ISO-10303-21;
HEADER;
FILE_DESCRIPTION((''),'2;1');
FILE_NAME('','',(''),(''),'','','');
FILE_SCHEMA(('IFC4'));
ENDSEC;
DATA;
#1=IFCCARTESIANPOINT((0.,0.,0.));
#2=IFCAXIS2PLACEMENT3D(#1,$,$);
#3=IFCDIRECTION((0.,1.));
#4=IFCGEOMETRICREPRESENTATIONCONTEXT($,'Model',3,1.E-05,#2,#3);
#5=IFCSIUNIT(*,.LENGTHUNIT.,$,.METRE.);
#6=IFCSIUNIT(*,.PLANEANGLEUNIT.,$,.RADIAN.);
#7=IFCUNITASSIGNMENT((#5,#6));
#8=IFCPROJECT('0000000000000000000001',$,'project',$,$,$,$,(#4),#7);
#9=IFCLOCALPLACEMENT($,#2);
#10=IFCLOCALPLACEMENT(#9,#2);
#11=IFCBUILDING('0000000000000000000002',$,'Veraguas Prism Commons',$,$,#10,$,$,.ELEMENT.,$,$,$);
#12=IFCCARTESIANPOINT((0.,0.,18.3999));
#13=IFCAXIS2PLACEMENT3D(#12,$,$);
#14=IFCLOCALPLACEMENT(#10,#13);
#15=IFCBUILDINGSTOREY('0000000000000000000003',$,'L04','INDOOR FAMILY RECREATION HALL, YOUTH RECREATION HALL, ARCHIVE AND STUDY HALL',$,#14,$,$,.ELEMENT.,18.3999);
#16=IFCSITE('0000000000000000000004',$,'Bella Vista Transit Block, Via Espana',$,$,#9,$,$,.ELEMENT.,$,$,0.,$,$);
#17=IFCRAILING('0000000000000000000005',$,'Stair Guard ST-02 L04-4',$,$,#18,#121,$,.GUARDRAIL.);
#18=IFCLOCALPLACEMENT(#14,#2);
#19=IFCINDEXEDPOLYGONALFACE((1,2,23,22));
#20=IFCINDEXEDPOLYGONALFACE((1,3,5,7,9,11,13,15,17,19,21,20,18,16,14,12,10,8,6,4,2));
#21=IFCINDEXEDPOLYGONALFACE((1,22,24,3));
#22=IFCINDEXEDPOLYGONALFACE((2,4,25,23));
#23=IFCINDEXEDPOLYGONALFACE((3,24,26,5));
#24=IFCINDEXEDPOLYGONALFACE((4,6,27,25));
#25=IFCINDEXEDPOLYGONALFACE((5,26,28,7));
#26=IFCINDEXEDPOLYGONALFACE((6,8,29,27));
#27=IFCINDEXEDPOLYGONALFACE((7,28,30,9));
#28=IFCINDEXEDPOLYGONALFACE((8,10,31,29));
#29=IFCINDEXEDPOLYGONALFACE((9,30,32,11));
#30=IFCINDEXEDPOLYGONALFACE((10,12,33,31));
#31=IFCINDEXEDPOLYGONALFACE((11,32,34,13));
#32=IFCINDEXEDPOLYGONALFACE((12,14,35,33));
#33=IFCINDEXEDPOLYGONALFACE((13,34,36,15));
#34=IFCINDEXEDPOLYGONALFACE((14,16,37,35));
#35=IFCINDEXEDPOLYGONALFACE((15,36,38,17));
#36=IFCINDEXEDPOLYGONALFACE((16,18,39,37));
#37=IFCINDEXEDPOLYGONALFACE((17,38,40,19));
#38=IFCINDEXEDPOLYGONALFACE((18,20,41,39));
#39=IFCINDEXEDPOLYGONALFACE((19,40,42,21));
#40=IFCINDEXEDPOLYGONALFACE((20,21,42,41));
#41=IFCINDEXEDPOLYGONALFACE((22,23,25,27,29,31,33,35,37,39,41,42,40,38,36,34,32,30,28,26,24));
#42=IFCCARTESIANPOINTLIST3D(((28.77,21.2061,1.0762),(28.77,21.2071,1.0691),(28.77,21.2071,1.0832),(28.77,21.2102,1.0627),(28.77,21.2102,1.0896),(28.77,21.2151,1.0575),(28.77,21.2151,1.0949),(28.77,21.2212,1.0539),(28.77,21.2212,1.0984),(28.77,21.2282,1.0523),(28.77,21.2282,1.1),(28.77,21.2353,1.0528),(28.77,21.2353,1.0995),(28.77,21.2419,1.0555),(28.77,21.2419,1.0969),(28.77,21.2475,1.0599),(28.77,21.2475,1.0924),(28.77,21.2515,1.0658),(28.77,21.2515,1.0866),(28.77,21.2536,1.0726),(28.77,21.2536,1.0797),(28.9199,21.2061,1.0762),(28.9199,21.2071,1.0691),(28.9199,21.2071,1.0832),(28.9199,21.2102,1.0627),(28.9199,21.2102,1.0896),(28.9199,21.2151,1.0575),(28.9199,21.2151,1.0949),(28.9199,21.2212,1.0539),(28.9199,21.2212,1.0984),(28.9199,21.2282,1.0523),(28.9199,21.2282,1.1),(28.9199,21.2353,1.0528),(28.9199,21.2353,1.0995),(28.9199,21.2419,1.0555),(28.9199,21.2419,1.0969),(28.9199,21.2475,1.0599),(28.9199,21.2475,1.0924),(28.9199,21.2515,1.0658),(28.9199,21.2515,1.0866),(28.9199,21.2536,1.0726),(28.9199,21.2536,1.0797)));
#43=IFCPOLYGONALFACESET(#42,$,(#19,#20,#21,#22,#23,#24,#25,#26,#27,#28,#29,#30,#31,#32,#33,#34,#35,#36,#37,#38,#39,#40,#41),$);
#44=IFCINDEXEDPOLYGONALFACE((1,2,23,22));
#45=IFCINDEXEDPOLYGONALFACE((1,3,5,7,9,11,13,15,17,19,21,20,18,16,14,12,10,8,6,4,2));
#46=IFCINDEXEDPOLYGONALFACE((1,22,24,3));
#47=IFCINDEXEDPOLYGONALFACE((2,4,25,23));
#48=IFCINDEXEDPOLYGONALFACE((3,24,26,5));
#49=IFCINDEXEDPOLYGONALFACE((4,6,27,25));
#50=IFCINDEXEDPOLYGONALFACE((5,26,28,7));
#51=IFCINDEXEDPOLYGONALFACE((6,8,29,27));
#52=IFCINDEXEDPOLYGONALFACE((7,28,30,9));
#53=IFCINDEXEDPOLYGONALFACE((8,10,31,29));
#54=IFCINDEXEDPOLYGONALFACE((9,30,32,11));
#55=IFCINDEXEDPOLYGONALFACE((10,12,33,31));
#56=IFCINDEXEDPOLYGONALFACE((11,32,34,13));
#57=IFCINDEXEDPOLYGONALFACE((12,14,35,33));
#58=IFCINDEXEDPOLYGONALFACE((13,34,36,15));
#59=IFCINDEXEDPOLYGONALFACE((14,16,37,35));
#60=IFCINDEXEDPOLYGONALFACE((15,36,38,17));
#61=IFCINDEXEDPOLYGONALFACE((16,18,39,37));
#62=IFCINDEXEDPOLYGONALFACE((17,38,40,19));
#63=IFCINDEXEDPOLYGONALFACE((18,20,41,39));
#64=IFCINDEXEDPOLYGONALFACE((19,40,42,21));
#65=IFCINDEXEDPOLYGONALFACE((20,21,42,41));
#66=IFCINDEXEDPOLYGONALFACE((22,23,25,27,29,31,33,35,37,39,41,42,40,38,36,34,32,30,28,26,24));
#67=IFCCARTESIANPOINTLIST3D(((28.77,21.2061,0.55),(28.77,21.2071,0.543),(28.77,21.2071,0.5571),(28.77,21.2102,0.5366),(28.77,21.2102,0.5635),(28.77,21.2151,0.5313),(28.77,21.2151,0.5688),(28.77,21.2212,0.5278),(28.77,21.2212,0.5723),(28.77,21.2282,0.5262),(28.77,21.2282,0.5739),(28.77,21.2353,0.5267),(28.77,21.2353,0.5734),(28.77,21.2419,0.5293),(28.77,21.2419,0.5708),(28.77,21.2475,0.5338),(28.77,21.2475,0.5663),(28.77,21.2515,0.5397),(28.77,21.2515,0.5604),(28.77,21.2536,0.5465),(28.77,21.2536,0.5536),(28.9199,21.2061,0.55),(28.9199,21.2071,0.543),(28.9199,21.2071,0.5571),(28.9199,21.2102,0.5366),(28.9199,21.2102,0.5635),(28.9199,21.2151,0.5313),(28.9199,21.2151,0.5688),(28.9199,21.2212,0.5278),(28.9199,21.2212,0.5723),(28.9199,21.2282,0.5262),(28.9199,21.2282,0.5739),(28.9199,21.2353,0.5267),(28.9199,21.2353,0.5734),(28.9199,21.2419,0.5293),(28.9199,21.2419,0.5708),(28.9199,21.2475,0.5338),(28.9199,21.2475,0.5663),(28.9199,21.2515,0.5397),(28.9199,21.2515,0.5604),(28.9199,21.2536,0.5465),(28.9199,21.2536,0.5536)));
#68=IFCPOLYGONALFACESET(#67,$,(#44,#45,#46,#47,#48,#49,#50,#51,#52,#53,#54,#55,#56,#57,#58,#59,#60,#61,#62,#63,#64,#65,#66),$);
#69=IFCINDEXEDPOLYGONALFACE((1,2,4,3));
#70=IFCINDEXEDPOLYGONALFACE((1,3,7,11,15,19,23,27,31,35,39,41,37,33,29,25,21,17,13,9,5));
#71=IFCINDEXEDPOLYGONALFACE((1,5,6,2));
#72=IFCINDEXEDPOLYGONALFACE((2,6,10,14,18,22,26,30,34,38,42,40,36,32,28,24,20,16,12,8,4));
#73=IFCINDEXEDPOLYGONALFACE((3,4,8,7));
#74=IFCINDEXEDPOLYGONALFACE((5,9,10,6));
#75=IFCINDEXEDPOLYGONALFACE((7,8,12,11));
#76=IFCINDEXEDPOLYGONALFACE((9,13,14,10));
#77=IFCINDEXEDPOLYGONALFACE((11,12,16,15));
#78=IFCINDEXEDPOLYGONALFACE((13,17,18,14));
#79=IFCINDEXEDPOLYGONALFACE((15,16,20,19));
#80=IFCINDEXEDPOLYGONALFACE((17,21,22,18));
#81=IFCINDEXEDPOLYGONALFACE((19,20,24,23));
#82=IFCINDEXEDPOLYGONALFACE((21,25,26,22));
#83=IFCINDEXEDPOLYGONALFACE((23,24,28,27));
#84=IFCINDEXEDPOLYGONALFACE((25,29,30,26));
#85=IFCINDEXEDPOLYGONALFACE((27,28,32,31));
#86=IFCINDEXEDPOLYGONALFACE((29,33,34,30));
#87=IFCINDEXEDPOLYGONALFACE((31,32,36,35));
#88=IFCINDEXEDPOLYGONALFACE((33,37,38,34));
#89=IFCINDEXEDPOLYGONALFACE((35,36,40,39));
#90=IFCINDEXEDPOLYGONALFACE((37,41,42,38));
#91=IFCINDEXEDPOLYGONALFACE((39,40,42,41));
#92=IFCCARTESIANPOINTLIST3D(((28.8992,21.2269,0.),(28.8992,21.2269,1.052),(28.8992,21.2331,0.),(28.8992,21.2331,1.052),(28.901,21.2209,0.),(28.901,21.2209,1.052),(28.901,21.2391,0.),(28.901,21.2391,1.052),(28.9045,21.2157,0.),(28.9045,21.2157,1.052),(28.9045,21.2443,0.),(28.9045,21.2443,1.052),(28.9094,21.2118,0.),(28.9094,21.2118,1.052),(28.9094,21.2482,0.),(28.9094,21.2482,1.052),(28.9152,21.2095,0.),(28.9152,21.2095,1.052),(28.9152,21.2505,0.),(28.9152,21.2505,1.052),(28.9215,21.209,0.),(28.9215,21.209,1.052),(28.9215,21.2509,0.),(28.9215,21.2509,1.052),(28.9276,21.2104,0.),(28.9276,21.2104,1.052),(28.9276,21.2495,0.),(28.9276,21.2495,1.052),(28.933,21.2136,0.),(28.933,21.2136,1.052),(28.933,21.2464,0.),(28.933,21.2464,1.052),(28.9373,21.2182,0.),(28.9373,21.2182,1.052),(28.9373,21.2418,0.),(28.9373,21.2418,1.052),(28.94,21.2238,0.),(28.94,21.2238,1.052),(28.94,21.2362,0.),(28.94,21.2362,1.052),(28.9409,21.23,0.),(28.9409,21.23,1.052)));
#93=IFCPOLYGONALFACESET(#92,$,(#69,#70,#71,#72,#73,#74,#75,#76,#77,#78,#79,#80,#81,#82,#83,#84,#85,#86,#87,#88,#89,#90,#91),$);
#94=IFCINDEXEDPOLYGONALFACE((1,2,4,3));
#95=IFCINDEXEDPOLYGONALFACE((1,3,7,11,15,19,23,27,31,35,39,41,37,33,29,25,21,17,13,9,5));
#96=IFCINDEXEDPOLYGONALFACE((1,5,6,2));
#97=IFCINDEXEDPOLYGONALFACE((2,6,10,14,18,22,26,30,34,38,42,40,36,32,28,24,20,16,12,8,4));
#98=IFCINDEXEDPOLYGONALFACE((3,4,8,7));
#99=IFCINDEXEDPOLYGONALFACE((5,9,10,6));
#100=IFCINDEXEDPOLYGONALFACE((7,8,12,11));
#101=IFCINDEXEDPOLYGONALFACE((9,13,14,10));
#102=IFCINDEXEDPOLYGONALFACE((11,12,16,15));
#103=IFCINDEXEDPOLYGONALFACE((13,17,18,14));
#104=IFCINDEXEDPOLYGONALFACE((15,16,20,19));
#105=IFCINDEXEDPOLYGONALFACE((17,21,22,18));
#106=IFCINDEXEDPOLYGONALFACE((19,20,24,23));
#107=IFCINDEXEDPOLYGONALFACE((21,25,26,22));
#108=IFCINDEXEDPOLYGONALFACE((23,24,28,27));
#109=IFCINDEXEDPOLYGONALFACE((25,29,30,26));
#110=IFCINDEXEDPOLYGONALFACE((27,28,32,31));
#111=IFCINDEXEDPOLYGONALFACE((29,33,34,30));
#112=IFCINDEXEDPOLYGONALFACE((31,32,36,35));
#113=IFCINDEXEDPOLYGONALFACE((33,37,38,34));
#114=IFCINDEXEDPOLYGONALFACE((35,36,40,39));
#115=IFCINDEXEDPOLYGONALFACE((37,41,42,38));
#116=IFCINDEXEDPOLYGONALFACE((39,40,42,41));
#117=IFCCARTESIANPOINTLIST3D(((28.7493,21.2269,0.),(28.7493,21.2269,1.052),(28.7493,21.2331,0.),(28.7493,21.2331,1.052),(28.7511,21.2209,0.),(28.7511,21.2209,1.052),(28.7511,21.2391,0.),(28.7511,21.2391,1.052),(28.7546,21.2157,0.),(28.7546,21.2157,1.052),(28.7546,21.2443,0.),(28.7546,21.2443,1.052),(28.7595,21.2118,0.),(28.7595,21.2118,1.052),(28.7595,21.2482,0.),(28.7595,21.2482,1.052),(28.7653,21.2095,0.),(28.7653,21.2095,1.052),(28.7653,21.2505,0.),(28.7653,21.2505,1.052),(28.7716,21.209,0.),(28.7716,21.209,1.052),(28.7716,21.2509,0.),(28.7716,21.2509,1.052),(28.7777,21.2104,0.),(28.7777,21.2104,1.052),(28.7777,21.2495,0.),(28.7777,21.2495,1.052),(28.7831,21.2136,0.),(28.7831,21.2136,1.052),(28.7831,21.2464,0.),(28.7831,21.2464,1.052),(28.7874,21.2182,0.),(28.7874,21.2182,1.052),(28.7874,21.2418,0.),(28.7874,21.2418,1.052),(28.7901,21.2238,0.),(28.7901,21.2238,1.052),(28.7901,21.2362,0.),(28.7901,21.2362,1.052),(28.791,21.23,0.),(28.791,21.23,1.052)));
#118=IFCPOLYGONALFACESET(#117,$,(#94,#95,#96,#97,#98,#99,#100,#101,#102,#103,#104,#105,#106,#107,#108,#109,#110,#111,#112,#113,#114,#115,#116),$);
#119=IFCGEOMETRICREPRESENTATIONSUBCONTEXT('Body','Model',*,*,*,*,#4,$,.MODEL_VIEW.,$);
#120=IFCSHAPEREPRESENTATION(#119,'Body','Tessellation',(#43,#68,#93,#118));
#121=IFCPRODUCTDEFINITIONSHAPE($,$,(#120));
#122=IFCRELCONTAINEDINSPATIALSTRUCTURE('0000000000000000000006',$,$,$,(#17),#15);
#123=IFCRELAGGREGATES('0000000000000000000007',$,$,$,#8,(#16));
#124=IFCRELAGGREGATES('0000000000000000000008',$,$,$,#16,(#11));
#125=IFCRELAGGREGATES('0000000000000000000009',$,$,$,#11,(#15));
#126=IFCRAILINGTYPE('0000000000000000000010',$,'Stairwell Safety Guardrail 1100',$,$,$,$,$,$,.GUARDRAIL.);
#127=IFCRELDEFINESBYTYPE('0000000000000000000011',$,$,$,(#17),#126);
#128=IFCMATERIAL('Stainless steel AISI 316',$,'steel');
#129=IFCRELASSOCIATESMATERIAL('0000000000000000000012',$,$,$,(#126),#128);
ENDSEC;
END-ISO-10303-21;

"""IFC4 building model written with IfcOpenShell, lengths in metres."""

from ifc_helpers import new_model, si_unit, direction, frame, origin, origin_2d, place, context, subcontext, project, spatial, circle, extrude, material, type_object, element, save


model = new_model("IFC4")

# Units and contexts
model_context = context("Model", 3, precision=1e-05, world=origin(), true_north=direction((0.0, 1.0)))
body_context = subcontext(model_context, "Body", "Model", "MODEL_VIEW")
ifc_project = project(units=[si_unit("LENGTHUNIT", "METRE"), si_unit("PLANEANGLEUNIT", "RADIAN")], contexts=[model_context])

# Site, building, storey
site_placement = place(None, origin())
site = spatial("IfcSite", under=ifc_project, at=site_placement, Name="Bella Vista Transit Block, Via Espana", CompositionType="ELEMENT", RefElevation=0.0)
building_placement = place(site_placement, origin())
building = spatial("IfcBuilding", under=site, at=building_placement, Name="Veraguas Prism Commons", CompositionType="ELEMENT")
storey_placement = place(building_placement, frame((0.0, 0.0, 18.3999)))
storey = spatial("IfcBuildingStorey", under=building, at=storey_placement, Name="L04", Description="INDOOR FAMILY RECREATION HALL, YOUTH RECREATION HALL, ARCHIVE AND STUDY HALL", CompositionType="ELEMENT", Elevation=18.3999)

# Shared definitions
ifc_material_1 = material(Name="Stainless steel AISI 316", Category="steel")

# Railing
railing_type = type_object("IfcRailingType", Name="Stairwell Safety Guardrail 1100", PredefinedType="GUARDRAIL", material=ifc_material_1)
railing_1_placement = place(storey_placement, frame((28.9199, 21.23, 0.0)))
element("IfcRailing", 1, at=railing_1_placement, inside=storey, type_object=railing_type, Name="Stair Guard ST-02 L04-4", PredefinedType="GUARDRAIL", context=body_context, shape_type="SweptSolid", body=[
    extrude(circle(Radius=0.0239, at=origin_2d()), frame((0.0, 0.0, 1.0762), z_axis=(-1.0, 0.0, 0.0), x_axis=(0.0, -1.0, 0.0)), (0.0, 0.0, 1.0), 0.1499),
    extrude(circle(Radius=0.0239, at=origin_2d()), frame((0.0, 0.0, 0.55), z_axis=(-1.0, 0.0, 0.0), x_axis=(0.0, -1.0, 0.0)), (0.0, 0.0, 1.0), 0.1499),
    extrude(circle(Radius=0.021, at=origin_2d()), origin(), (0.0, 0.0, 1.0), 1.052),
    extrude(circle(Radius=0.021, at=origin_2d()), frame((-0.1499, 0.0, 0.0)), (0.0, 0.0, 1.0), 1.052),
])

save(model, "model.ifc")
